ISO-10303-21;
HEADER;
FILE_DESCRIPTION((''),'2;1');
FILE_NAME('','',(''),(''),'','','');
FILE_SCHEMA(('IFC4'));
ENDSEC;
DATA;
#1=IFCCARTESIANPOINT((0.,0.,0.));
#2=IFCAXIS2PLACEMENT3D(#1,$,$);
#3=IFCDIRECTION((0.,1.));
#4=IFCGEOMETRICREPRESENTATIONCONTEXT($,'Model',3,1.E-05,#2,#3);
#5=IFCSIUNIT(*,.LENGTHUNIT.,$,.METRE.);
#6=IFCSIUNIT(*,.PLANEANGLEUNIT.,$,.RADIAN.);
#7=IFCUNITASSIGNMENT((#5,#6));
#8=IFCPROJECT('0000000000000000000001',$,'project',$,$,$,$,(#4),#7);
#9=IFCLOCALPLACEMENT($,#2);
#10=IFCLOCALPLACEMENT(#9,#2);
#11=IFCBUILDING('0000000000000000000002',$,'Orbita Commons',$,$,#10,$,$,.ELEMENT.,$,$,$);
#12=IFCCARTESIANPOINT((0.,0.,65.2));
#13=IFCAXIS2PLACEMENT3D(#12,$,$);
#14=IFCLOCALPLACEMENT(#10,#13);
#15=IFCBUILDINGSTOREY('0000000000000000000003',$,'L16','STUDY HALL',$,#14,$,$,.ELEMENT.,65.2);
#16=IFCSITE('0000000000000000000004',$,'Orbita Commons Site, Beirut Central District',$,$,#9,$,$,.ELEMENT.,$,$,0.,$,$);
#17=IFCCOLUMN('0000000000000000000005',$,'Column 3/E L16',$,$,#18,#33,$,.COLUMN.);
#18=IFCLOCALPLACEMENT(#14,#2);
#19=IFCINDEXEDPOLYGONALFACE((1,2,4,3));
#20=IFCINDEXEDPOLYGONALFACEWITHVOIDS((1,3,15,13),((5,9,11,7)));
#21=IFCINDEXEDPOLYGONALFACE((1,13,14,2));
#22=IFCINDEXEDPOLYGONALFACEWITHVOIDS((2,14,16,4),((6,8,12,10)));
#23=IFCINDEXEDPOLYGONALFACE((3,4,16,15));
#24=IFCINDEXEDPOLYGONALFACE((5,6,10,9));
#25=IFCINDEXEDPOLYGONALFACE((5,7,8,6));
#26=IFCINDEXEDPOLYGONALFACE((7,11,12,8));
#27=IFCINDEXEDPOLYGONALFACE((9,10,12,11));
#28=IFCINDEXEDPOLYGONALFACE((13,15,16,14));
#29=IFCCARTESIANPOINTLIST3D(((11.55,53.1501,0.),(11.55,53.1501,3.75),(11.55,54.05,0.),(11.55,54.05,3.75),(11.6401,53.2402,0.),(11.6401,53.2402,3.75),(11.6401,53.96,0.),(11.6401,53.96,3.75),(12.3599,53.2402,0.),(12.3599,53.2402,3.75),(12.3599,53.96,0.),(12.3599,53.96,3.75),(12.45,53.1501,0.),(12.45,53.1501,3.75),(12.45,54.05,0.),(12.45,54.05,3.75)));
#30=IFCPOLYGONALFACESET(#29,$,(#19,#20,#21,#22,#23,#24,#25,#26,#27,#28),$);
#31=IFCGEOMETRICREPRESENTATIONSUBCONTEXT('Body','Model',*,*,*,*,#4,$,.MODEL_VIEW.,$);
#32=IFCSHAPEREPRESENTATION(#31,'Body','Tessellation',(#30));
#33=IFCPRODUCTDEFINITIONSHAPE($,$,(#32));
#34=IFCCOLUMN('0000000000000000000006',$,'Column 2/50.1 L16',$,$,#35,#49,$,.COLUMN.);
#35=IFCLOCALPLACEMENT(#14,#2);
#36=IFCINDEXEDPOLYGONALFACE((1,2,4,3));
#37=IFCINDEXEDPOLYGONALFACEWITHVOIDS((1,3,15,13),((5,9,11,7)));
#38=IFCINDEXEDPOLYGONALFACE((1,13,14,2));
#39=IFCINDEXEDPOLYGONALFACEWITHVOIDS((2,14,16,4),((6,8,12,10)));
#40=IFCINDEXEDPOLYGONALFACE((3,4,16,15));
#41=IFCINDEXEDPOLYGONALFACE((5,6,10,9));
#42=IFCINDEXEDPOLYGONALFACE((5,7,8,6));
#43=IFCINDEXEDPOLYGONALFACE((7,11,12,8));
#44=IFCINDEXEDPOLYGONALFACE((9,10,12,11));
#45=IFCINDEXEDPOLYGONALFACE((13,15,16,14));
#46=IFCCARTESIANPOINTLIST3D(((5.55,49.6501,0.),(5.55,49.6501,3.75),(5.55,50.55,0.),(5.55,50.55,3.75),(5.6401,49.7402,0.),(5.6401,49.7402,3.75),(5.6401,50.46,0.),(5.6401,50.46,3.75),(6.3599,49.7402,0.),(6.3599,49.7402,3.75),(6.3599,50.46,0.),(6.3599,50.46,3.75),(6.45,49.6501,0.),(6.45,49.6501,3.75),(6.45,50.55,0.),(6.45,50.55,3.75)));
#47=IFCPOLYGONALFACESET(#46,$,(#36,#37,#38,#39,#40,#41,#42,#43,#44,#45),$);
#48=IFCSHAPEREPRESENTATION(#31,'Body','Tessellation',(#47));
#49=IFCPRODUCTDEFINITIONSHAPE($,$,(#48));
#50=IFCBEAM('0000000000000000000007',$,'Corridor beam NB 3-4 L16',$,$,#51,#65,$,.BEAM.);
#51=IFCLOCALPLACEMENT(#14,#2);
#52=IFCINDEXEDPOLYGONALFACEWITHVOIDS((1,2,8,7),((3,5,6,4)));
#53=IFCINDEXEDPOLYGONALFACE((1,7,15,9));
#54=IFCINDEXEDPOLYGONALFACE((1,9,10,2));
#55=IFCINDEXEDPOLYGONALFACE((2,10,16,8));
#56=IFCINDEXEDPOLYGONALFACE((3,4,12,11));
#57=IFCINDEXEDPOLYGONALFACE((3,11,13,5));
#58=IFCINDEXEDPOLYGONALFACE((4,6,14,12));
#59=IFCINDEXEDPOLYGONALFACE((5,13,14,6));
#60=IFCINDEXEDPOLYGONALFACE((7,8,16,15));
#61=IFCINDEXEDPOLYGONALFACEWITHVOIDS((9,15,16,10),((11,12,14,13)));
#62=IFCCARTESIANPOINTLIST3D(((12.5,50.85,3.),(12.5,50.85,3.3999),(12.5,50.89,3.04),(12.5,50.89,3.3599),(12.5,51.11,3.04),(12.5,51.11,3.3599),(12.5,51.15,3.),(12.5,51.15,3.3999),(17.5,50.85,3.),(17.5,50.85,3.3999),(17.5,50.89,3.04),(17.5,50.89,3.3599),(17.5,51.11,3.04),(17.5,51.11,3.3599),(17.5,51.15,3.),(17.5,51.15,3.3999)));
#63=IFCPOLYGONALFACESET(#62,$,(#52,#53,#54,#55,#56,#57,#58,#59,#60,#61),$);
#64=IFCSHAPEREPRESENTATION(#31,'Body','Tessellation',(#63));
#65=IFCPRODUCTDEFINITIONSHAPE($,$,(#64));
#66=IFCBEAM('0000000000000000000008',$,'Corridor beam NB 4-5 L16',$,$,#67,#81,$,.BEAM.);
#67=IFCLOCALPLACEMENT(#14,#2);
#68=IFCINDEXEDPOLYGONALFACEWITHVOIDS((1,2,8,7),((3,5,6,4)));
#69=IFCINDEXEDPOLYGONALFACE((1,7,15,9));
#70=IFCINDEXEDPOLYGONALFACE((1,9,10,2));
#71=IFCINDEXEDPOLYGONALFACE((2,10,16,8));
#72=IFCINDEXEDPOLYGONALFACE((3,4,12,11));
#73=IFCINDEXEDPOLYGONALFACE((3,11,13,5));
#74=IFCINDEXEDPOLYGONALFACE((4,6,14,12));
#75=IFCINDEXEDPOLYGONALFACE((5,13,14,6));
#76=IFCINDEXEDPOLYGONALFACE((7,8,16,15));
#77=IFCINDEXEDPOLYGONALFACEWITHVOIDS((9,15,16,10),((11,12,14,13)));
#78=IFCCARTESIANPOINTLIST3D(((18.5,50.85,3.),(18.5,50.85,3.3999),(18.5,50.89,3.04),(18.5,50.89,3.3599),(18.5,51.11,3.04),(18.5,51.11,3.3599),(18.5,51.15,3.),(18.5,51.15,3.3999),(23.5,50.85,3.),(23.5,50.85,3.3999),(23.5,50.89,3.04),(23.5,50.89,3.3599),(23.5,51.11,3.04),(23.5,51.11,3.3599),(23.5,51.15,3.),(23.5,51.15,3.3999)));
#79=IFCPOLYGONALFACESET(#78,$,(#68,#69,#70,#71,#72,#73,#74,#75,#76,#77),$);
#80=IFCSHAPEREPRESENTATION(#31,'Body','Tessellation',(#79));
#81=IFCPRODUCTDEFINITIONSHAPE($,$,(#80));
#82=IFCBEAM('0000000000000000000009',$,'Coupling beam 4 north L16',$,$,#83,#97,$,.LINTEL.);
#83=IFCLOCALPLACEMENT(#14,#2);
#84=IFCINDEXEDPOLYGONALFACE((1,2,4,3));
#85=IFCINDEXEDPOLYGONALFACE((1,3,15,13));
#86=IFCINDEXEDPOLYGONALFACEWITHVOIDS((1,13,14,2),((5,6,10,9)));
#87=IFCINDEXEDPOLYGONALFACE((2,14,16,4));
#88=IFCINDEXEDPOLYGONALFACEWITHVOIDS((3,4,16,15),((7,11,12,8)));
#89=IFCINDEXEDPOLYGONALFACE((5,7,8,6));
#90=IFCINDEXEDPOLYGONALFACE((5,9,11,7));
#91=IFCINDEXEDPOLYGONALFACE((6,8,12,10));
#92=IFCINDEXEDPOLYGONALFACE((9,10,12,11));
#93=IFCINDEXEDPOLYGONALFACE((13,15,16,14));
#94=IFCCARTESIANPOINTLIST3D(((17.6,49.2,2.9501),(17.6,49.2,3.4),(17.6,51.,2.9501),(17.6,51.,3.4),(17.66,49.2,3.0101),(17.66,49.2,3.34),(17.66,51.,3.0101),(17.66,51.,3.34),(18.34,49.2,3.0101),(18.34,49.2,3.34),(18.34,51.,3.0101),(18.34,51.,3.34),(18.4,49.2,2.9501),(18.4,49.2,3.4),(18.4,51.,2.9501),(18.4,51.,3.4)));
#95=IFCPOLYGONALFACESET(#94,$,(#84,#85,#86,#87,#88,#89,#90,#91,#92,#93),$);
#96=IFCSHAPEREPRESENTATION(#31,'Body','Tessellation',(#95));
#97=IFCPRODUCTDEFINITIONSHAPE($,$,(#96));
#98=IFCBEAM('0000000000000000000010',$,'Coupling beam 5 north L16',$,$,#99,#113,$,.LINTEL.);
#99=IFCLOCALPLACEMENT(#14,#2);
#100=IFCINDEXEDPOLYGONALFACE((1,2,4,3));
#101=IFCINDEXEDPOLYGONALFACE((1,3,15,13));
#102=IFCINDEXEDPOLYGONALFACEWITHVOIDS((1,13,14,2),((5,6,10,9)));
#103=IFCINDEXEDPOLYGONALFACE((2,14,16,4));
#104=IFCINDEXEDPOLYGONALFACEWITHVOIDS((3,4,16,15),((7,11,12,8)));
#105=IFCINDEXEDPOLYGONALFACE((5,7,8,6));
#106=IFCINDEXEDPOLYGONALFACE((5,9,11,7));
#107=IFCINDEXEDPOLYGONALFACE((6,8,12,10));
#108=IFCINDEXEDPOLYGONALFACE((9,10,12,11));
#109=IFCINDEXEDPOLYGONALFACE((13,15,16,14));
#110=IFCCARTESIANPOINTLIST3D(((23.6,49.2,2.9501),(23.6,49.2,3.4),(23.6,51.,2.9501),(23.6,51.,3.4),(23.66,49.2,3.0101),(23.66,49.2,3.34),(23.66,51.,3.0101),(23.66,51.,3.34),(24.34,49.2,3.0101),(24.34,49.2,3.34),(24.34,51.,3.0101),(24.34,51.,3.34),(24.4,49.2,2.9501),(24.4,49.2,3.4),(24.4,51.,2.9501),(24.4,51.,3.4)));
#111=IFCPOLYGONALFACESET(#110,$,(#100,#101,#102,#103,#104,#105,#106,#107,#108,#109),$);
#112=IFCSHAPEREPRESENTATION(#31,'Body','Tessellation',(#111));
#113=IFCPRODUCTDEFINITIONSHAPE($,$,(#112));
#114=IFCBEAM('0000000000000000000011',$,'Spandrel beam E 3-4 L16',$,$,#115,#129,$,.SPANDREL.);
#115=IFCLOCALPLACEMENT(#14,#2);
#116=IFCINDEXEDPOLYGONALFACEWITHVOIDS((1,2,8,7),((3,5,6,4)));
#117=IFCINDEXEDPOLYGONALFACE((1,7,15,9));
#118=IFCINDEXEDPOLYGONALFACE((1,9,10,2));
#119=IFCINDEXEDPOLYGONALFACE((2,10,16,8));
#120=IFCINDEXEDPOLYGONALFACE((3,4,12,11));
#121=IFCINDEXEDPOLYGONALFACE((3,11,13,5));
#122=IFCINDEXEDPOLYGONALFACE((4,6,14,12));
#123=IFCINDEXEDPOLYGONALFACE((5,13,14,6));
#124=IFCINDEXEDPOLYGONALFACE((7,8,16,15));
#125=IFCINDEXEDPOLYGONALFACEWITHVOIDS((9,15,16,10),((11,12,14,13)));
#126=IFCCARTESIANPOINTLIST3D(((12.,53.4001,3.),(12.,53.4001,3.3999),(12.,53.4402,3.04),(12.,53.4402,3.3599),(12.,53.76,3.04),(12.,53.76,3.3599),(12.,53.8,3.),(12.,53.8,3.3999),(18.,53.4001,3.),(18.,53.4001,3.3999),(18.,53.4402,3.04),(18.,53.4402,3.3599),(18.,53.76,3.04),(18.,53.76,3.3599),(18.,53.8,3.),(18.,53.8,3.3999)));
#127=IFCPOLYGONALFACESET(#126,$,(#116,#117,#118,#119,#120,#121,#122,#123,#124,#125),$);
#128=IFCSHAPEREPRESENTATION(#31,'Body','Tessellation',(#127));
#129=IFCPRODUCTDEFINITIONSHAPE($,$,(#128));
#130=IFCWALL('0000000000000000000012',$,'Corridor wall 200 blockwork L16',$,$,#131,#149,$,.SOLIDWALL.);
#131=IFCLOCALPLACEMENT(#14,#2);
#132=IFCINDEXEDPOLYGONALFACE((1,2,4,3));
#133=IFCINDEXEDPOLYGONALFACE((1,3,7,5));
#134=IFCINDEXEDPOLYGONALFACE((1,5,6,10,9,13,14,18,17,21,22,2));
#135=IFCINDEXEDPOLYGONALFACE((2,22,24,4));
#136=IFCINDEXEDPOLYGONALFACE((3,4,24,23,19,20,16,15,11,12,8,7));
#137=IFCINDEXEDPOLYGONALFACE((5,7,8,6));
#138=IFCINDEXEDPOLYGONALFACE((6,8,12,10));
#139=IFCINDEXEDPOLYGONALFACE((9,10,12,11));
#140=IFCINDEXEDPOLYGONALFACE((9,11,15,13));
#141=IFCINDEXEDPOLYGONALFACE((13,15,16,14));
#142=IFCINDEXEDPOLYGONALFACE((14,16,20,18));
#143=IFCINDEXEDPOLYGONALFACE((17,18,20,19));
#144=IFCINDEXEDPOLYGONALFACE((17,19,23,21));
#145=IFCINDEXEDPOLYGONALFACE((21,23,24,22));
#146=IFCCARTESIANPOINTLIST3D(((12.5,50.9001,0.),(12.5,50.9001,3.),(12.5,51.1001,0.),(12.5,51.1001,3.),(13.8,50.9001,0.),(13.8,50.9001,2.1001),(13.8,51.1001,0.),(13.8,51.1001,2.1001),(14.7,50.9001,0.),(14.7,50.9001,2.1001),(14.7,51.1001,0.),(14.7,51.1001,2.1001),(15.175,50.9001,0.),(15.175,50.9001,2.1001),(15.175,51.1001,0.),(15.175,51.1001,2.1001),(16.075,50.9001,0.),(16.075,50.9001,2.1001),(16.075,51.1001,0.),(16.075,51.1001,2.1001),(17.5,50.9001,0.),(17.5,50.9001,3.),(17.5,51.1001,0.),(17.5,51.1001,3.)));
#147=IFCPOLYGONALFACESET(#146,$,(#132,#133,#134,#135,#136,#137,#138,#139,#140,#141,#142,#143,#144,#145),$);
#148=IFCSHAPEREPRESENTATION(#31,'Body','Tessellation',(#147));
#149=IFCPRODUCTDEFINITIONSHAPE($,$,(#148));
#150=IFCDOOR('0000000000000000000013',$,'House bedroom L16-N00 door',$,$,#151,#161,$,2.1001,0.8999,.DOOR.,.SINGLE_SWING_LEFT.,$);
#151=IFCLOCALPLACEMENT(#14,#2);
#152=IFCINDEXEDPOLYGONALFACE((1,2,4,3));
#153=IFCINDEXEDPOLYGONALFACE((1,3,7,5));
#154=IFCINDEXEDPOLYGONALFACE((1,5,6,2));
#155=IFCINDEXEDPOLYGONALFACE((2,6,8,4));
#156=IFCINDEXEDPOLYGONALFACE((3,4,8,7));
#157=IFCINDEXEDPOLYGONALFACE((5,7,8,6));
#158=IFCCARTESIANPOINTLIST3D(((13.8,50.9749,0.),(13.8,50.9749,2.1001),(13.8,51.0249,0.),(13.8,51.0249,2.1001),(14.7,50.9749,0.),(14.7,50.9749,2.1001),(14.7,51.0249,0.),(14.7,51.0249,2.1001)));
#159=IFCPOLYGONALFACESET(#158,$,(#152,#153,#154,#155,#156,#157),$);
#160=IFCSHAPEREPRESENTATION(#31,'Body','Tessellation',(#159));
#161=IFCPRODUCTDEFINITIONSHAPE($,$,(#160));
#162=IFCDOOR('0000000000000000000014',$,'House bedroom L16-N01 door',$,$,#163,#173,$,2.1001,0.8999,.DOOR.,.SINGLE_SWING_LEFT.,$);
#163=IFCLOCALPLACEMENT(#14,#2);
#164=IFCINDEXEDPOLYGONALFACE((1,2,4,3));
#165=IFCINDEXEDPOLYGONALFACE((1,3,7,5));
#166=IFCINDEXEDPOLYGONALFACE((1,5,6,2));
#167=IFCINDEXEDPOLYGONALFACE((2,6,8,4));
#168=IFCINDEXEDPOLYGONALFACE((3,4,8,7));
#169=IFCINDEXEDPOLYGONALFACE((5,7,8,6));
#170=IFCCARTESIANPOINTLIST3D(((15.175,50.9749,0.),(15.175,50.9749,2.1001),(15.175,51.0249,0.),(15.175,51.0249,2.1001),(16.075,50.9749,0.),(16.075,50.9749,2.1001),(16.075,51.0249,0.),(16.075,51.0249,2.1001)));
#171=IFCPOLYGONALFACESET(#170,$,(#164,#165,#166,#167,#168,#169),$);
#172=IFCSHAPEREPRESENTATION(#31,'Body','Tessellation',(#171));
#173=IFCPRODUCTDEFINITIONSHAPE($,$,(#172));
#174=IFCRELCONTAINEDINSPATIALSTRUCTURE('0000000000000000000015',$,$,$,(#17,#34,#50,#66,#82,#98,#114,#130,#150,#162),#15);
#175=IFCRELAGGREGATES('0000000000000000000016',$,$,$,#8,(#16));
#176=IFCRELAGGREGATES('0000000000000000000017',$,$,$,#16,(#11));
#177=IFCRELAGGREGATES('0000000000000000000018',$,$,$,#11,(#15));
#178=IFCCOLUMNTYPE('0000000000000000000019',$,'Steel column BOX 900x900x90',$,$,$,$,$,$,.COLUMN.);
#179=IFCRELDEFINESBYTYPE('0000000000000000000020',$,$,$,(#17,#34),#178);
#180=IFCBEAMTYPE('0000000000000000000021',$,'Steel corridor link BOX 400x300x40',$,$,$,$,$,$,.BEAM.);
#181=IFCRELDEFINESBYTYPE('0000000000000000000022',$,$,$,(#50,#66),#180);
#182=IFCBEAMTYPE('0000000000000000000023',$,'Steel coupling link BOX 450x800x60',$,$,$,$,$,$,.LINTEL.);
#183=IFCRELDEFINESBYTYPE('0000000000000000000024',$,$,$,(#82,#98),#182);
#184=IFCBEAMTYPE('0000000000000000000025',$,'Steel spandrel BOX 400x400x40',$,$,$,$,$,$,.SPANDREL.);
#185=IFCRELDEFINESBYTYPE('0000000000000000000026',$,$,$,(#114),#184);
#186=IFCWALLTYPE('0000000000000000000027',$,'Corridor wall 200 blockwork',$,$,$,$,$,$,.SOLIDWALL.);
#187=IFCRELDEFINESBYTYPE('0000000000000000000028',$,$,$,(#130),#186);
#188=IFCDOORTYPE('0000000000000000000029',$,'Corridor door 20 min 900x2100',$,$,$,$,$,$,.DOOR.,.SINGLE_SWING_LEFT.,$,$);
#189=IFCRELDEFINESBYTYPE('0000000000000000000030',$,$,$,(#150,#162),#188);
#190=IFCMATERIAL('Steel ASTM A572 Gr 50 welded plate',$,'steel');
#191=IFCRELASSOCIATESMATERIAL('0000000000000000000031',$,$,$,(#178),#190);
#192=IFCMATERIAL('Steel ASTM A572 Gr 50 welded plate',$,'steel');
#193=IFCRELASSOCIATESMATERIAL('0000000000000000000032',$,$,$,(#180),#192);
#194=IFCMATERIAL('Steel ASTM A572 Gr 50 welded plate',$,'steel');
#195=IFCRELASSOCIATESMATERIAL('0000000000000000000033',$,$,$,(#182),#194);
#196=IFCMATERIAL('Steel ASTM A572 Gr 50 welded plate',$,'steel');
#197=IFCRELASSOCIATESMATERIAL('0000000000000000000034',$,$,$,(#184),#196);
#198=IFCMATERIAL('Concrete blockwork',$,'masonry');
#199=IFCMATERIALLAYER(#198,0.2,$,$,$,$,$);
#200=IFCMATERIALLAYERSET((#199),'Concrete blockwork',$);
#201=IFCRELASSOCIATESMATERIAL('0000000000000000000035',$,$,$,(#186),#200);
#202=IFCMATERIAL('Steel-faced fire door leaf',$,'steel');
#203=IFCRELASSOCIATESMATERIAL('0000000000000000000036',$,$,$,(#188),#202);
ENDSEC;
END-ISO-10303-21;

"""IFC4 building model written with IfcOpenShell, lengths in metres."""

from ifc_helpers import new_model, si_unit, direction, frame, frame_2d, origin, origin_2d, place, context, subcontext, project, spatial, polyline, rectangle, hollow_rectangle, outline, extrude, material, layer, layer_set, material_profile, profile_set, type_object, element, fill, save


model = new_model("IFC4")

# Units and contexts
model_context = context("Model", 3, precision=1e-05, world=origin(), true_north=direction((0.0, 1.0)))
body_context = subcontext(model_context, "Body", "Model", "MODEL_VIEW")
ifc_project = project(units=[si_unit("LENGTHUNIT", "METRE"), si_unit("PLANEANGLEUNIT", "RADIAN")], contexts=[model_context])

# Site, building, storey
site_placement = place(None, origin())
site = spatial("IfcSite", under=ifc_project, at=site_placement, Name="Orbita Commons Site, Beirut Central District", CompositionType="ELEMENT", RefElevation=0.0)
building_placement = place(site_placement, origin())
building = spatial("IfcBuilding", under=site, at=building_placement, Name="Orbita Commons", CompositionType="ELEMENT")
storey_placement = place(building_placement, frame((0.0, 0.0, 65.2)))
storey = spatial("IfcBuildingStorey", under=building, at=storey_placement, Name="L16", Description="STUDY HALL", CompositionType="ELEMENT", Elevation=65.2)

# Columns
ifc_material_1 = material(Name="Steel ASTM A572 Gr 50 welded plate", Category="steel")
ifc_material_profile_1 = material_profile(ifc_material_1, hollow_rectangle(XDim=0.8999, YDim=0.8999, WallThickness=0.0901, at=origin_2d()), Name="BOX 900x900x90")
ifc_profile_set_1 = profile_set([ifc_material_profile_1], Name="Steel ASTM A572 Gr 50 welded plate")
column_type = type_object("IfcColumnType", Name="Steel column BOX 900x900x90", PredefinedType="COLUMN", material=ifc_profile_set_1)
for number, where, z_axis, x_axis, name in (
    (1, (12.0, 53.6001, 0.0), (0.0, 0.0, 1.0), (1.0, 0.0, 0.0), "Column 3/E L16"),
    (2, (6.0, 50.1001, 0.0), (0.0, 0.0, 1.0), (1.0, 0.0, 0.0), "Column 2/50.1 L16"),
):
    element("IfcColumn", number, at=place(storey_placement, frame(where, z_axis=z_axis, x_axis=x_axis)), inside=storey, type_object=column_type, Name=name, PredefinedType="COLUMN", context=body_context, shape_type="SweptSolid", body=[
        extrude(hollow_rectangle(XDim=0.8999, YDim=0.8999, WallThickness=0.0901, at=origin_2d()), origin(), (0.0, 0.0, 1.0), 3.75),
    ])

# Beams
ifc_material_2 = material(Name="Steel ASTM A572 Gr 50 welded plate", Category="steel")
ifc_material_profile_2 = material_profile(ifc_material_2, hollow_rectangle(XDim=0.3, YDim=0.3999, WallThickness=0.04, at=origin_2d()), Name="BOX 400x300x40")
ifc_profile_set_2 = profile_set([ifc_material_profile_2], Name="Steel ASTM A572 Gr 50 welded plate")
beam_type_1 = type_object("IfcBeamType", Name="Steel corridor link BOX 400x300x40", PredefinedType="BEAM", material=ifc_profile_set_2)
for number, where, z_axis, x_axis, name in (
    (3, (12.5, 51.0, 3.2), (1.0, 0.0, 0.0), (0.0, 1.0, 0.0), "Corridor beam NB 3-4 L16"),
    (4, (18.5, 51.0, 3.2), (1.0, 0.0, 0.0), (0.0, 1.0, 0.0), "Corridor beam NB 4-5 L16"),
):
    element("IfcBeam", number, at=place(storey_placement, frame(where, z_axis=z_axis, x_axis=x_axis)), inside=storey, type_object=beam_type_1, Name=name, PredefinedType="BEAM", context=body_context, shape_type="SweptSolid", body=[
        extrude(hollow_rectangle(XDim=0.3, YDim=0.3999, WallThickness=0.04, at=origin_2d()), origin(), (0.0, 0.0, 1.0), 5.0),
    ])
ifc_material_3 = material(Name="Steel ASTM A572 Gr 50 welded plate", Category="steel")
ifc_material_profile_3 = material_profile(ifc_material_3, hollow_rectangle(XDim=0.8, YDim=0.45, WallThickness=0.0601, at=origin_2d()), Name="BOX 450x800x60")
ifc_profile_set_3 = profile_set([ifc_material_profile_3], Name="Steel ASTM A572 Gr 50 welded plate")
beam_type_2 = type_object("IfcBeamType", Name="Steel coupling link BOX 450x800x60", PredefinedType="LINTEL", material=ifc_profile_set_3)
for number, where, z_axis, x_axis, name in (
    (5, (18.0, 49.2, 3.175), (0.0, 1.0, 0.0), (-1.0, 0.0, 0.0), "Coupling beam 4 north L16"),
    (6, (24.0, 49.2, 3.175), (0.0, 1.0, 0.0), (-1.0, 0.0, 0.0), "Coupling beam 5 north L16"),
):
    element("IfcBeam", number, at=place(storey_placement, frame(where, z_axis=z_axis, x_axis=x_axis)), inside=storey, type_object=beam_type_2, Name=name, PredefinedType="LINTEL", context=body_context, shape_type="SweptSolid", body=[
        extrude(hollow_rectangle(XDim=0.8, YDim=0.45, WallThickness=0.0601, at=origin_2d()), origin(), (0.0, 0.0, 1.0), 1.8),
    ])
ifc_material_4 = material(Name="Steel ASTM A572 Gr 50 welded plate", Category="steel")
ifc_material_profile_4 = material_profile(ifc_material_4, hollow_rectangle(XDim=0.3999, YDim=0.3999, WallThickness=0.04, at=origin_2d()), Name="BOX 400x400x40")
ifc_profile_set_4 = profile_set([ifc_material_profile_4], Name="Steel ASTM A572 Gr 50 welded plate")
beam_type_3 = type_object("IfcBeamType", Name="Steel spandrel BOX 400x400x40", PredefinedType="SPANDREL", material=ifc_profile_set_4)
beam_placement = place(storey_placement, frame((12.0, 53.6001, 3.2), z_axis=(1.0, 0.0, 0.0), x_axis=(0.0, 1.0, 0.0)))
element("IfcBeam", 7, at=beam_placement, inside=storey, type_object=beam_type_3, Name="Spandrel beam E 3-4 L16", PredefinedType="SPANDREL", context=body_context, shape_type="SweptSolid", body=[
    extrude(hollow_rectangle(XDim=0.3999, YDim=0.3999, WallThickness=0.04, at=origin_2d()), origin(), (0.0, 0.0, 1.0), 6.0),
])

# Wall, openings, doors
ifc_material_5 = material(Name="Concrete blockwork", Category="masonry")
ifc_layer_1 = layer(ifc_material_5, 0.2)
ifc_layer_set_1 = layer_set([ifc_layer_1], Name="Concrete blockwork")
wall_type_1 = type_object("IfcWallType", Name="Corridor wall 200 blockwork", PredefinedType="SOLIDWALL", material=ifc_layer_set_1)
wall_1_placement = place(storey_placement, frame((12.5, 51.0, 0.0), z_axis=(0.0, 0.0, 1.0), x_axis=(1.0, 0.0, 0.0)))
wall_1 = element("IfcWall", 8, at=wall_1_placement, inside=storey, type_object=wall_type_1, Name="Corridor wall 200 blockwork L16", PredefinedType="SOLIDWALL", context=body_context, shape_type="SweptSolid", body=[
    extrude(outline(polyline([(0.0, 0.0), (5.0, 0.0), (5.0, 3.0), (0.0, 3.0), (0.0, 0.0)])), frame((0.0, 0.1001, 0.0), z_axis=(0.0, -1.0, 0.0), x_axis=(1.0, 0.0, 0.0)), (0.0, 0.0, 1.0), 0.2),
])
opening_1_placement = place(wall_1_placement, frame((1.3, 0.0, 0.0)))
opening_1 = element("IfcOpeningElement", 9, at=opening_1_placement, cuts=wall_1, PredefinedType="OPENING", context=body_context, shape_type="SweptSolid", body=[
    extrude(rectangle(XDim=0.8999, YDim=2.1001, at=frame_2d((0.45, 1.05))), frame((0.0, 0.1099, 0.0), z_axis=(0.0, -1.0, 0.0), x_axis=(1.0, 0.0, 0.0)), (0.0, 0.0, 1.0), 0.22),
])
opening_2_placement = place(wall_1_placement, frame((2.675, 0.0, 0.0)))
opening_2 = element("IfcOpeningElement", 10, at=opening_2_placement, cuts=wall_1, PredefinedType="OPENING", context=body_context, shape_type="SweptSolid", body=[
    extrude(rectangle(XDim=0.8999, YDim=2.1001, at=frame_2d((0.45, 1.05))), frame((0.0, 0.1099, 0.0), z_axis=(0.0, -1.0, 0.0), x_axis=(1.0, 0.0, 0.0)), (0.0, 0.0, 1.0), 0.22),
])
ifc_material_6 = material(Name="Steel-faced fire door leaf", Category="steel")
door_type_1 = type_object("IfcDoorType", Name="Corridor door 20 min 900x2100", OperationType="SINGLE_SWING_LEFT", PredefinedType="DOOR", material=ifc_material_6)
door_1_placement = place(opening_1_placement, origin())
door_1 = element("IfcDoor", 11, at=door_1_placement, inside=storey, type_object=door_type_1, Name="House bedroom L16-N00 door", OperationType="SINGLE_SWING_LEFT", OverallHeight=2.1001, OverallWidth=0.8999, PredefinedType="DOOR", context=body_context, shape_type="SweptSolid", body=[
    extrude(rectangle(XDim=0.8999, YDim=2.1001, at=frame_2d((0.45, 1.05))), frame((0.0, 0.0249, 0.0), z_axis=(0.0, -1.0, 0.0), x_axis=(1.0, 0.0, 0.0)), (0.0, 0.0, 1.0), 0.05),
])
fill(opening_1, door_1)
door_2_placement = place(opening_2_placement, origin())
door_2 = element("IfcDoor", 12, at=door_2_placement, inside=storey, type_object=door_type_1, Name="House bedroom L16-N01 door", OperationType="SINGLE_SWING_LEFT", OverallHeight=2.1001, OverallWidth=0.8999, PredefinedType="DOOR", context=body_context, shape_type="SweptSolid", body=[
    extrude(rectangle(XDim=0.8999, YDim=2.1001, at=frame_2d((0.45, 1.05))), frame((0.0, 0.0249, 0.0), z_axis=(0.0, -1.0, 0.0), x_axis=(1.0, 0.0, 0.0)), (0.0, 0.0, 1.0), 0.05),
])
fill(opening_2, door_2)

save(model, "model.ifc")
